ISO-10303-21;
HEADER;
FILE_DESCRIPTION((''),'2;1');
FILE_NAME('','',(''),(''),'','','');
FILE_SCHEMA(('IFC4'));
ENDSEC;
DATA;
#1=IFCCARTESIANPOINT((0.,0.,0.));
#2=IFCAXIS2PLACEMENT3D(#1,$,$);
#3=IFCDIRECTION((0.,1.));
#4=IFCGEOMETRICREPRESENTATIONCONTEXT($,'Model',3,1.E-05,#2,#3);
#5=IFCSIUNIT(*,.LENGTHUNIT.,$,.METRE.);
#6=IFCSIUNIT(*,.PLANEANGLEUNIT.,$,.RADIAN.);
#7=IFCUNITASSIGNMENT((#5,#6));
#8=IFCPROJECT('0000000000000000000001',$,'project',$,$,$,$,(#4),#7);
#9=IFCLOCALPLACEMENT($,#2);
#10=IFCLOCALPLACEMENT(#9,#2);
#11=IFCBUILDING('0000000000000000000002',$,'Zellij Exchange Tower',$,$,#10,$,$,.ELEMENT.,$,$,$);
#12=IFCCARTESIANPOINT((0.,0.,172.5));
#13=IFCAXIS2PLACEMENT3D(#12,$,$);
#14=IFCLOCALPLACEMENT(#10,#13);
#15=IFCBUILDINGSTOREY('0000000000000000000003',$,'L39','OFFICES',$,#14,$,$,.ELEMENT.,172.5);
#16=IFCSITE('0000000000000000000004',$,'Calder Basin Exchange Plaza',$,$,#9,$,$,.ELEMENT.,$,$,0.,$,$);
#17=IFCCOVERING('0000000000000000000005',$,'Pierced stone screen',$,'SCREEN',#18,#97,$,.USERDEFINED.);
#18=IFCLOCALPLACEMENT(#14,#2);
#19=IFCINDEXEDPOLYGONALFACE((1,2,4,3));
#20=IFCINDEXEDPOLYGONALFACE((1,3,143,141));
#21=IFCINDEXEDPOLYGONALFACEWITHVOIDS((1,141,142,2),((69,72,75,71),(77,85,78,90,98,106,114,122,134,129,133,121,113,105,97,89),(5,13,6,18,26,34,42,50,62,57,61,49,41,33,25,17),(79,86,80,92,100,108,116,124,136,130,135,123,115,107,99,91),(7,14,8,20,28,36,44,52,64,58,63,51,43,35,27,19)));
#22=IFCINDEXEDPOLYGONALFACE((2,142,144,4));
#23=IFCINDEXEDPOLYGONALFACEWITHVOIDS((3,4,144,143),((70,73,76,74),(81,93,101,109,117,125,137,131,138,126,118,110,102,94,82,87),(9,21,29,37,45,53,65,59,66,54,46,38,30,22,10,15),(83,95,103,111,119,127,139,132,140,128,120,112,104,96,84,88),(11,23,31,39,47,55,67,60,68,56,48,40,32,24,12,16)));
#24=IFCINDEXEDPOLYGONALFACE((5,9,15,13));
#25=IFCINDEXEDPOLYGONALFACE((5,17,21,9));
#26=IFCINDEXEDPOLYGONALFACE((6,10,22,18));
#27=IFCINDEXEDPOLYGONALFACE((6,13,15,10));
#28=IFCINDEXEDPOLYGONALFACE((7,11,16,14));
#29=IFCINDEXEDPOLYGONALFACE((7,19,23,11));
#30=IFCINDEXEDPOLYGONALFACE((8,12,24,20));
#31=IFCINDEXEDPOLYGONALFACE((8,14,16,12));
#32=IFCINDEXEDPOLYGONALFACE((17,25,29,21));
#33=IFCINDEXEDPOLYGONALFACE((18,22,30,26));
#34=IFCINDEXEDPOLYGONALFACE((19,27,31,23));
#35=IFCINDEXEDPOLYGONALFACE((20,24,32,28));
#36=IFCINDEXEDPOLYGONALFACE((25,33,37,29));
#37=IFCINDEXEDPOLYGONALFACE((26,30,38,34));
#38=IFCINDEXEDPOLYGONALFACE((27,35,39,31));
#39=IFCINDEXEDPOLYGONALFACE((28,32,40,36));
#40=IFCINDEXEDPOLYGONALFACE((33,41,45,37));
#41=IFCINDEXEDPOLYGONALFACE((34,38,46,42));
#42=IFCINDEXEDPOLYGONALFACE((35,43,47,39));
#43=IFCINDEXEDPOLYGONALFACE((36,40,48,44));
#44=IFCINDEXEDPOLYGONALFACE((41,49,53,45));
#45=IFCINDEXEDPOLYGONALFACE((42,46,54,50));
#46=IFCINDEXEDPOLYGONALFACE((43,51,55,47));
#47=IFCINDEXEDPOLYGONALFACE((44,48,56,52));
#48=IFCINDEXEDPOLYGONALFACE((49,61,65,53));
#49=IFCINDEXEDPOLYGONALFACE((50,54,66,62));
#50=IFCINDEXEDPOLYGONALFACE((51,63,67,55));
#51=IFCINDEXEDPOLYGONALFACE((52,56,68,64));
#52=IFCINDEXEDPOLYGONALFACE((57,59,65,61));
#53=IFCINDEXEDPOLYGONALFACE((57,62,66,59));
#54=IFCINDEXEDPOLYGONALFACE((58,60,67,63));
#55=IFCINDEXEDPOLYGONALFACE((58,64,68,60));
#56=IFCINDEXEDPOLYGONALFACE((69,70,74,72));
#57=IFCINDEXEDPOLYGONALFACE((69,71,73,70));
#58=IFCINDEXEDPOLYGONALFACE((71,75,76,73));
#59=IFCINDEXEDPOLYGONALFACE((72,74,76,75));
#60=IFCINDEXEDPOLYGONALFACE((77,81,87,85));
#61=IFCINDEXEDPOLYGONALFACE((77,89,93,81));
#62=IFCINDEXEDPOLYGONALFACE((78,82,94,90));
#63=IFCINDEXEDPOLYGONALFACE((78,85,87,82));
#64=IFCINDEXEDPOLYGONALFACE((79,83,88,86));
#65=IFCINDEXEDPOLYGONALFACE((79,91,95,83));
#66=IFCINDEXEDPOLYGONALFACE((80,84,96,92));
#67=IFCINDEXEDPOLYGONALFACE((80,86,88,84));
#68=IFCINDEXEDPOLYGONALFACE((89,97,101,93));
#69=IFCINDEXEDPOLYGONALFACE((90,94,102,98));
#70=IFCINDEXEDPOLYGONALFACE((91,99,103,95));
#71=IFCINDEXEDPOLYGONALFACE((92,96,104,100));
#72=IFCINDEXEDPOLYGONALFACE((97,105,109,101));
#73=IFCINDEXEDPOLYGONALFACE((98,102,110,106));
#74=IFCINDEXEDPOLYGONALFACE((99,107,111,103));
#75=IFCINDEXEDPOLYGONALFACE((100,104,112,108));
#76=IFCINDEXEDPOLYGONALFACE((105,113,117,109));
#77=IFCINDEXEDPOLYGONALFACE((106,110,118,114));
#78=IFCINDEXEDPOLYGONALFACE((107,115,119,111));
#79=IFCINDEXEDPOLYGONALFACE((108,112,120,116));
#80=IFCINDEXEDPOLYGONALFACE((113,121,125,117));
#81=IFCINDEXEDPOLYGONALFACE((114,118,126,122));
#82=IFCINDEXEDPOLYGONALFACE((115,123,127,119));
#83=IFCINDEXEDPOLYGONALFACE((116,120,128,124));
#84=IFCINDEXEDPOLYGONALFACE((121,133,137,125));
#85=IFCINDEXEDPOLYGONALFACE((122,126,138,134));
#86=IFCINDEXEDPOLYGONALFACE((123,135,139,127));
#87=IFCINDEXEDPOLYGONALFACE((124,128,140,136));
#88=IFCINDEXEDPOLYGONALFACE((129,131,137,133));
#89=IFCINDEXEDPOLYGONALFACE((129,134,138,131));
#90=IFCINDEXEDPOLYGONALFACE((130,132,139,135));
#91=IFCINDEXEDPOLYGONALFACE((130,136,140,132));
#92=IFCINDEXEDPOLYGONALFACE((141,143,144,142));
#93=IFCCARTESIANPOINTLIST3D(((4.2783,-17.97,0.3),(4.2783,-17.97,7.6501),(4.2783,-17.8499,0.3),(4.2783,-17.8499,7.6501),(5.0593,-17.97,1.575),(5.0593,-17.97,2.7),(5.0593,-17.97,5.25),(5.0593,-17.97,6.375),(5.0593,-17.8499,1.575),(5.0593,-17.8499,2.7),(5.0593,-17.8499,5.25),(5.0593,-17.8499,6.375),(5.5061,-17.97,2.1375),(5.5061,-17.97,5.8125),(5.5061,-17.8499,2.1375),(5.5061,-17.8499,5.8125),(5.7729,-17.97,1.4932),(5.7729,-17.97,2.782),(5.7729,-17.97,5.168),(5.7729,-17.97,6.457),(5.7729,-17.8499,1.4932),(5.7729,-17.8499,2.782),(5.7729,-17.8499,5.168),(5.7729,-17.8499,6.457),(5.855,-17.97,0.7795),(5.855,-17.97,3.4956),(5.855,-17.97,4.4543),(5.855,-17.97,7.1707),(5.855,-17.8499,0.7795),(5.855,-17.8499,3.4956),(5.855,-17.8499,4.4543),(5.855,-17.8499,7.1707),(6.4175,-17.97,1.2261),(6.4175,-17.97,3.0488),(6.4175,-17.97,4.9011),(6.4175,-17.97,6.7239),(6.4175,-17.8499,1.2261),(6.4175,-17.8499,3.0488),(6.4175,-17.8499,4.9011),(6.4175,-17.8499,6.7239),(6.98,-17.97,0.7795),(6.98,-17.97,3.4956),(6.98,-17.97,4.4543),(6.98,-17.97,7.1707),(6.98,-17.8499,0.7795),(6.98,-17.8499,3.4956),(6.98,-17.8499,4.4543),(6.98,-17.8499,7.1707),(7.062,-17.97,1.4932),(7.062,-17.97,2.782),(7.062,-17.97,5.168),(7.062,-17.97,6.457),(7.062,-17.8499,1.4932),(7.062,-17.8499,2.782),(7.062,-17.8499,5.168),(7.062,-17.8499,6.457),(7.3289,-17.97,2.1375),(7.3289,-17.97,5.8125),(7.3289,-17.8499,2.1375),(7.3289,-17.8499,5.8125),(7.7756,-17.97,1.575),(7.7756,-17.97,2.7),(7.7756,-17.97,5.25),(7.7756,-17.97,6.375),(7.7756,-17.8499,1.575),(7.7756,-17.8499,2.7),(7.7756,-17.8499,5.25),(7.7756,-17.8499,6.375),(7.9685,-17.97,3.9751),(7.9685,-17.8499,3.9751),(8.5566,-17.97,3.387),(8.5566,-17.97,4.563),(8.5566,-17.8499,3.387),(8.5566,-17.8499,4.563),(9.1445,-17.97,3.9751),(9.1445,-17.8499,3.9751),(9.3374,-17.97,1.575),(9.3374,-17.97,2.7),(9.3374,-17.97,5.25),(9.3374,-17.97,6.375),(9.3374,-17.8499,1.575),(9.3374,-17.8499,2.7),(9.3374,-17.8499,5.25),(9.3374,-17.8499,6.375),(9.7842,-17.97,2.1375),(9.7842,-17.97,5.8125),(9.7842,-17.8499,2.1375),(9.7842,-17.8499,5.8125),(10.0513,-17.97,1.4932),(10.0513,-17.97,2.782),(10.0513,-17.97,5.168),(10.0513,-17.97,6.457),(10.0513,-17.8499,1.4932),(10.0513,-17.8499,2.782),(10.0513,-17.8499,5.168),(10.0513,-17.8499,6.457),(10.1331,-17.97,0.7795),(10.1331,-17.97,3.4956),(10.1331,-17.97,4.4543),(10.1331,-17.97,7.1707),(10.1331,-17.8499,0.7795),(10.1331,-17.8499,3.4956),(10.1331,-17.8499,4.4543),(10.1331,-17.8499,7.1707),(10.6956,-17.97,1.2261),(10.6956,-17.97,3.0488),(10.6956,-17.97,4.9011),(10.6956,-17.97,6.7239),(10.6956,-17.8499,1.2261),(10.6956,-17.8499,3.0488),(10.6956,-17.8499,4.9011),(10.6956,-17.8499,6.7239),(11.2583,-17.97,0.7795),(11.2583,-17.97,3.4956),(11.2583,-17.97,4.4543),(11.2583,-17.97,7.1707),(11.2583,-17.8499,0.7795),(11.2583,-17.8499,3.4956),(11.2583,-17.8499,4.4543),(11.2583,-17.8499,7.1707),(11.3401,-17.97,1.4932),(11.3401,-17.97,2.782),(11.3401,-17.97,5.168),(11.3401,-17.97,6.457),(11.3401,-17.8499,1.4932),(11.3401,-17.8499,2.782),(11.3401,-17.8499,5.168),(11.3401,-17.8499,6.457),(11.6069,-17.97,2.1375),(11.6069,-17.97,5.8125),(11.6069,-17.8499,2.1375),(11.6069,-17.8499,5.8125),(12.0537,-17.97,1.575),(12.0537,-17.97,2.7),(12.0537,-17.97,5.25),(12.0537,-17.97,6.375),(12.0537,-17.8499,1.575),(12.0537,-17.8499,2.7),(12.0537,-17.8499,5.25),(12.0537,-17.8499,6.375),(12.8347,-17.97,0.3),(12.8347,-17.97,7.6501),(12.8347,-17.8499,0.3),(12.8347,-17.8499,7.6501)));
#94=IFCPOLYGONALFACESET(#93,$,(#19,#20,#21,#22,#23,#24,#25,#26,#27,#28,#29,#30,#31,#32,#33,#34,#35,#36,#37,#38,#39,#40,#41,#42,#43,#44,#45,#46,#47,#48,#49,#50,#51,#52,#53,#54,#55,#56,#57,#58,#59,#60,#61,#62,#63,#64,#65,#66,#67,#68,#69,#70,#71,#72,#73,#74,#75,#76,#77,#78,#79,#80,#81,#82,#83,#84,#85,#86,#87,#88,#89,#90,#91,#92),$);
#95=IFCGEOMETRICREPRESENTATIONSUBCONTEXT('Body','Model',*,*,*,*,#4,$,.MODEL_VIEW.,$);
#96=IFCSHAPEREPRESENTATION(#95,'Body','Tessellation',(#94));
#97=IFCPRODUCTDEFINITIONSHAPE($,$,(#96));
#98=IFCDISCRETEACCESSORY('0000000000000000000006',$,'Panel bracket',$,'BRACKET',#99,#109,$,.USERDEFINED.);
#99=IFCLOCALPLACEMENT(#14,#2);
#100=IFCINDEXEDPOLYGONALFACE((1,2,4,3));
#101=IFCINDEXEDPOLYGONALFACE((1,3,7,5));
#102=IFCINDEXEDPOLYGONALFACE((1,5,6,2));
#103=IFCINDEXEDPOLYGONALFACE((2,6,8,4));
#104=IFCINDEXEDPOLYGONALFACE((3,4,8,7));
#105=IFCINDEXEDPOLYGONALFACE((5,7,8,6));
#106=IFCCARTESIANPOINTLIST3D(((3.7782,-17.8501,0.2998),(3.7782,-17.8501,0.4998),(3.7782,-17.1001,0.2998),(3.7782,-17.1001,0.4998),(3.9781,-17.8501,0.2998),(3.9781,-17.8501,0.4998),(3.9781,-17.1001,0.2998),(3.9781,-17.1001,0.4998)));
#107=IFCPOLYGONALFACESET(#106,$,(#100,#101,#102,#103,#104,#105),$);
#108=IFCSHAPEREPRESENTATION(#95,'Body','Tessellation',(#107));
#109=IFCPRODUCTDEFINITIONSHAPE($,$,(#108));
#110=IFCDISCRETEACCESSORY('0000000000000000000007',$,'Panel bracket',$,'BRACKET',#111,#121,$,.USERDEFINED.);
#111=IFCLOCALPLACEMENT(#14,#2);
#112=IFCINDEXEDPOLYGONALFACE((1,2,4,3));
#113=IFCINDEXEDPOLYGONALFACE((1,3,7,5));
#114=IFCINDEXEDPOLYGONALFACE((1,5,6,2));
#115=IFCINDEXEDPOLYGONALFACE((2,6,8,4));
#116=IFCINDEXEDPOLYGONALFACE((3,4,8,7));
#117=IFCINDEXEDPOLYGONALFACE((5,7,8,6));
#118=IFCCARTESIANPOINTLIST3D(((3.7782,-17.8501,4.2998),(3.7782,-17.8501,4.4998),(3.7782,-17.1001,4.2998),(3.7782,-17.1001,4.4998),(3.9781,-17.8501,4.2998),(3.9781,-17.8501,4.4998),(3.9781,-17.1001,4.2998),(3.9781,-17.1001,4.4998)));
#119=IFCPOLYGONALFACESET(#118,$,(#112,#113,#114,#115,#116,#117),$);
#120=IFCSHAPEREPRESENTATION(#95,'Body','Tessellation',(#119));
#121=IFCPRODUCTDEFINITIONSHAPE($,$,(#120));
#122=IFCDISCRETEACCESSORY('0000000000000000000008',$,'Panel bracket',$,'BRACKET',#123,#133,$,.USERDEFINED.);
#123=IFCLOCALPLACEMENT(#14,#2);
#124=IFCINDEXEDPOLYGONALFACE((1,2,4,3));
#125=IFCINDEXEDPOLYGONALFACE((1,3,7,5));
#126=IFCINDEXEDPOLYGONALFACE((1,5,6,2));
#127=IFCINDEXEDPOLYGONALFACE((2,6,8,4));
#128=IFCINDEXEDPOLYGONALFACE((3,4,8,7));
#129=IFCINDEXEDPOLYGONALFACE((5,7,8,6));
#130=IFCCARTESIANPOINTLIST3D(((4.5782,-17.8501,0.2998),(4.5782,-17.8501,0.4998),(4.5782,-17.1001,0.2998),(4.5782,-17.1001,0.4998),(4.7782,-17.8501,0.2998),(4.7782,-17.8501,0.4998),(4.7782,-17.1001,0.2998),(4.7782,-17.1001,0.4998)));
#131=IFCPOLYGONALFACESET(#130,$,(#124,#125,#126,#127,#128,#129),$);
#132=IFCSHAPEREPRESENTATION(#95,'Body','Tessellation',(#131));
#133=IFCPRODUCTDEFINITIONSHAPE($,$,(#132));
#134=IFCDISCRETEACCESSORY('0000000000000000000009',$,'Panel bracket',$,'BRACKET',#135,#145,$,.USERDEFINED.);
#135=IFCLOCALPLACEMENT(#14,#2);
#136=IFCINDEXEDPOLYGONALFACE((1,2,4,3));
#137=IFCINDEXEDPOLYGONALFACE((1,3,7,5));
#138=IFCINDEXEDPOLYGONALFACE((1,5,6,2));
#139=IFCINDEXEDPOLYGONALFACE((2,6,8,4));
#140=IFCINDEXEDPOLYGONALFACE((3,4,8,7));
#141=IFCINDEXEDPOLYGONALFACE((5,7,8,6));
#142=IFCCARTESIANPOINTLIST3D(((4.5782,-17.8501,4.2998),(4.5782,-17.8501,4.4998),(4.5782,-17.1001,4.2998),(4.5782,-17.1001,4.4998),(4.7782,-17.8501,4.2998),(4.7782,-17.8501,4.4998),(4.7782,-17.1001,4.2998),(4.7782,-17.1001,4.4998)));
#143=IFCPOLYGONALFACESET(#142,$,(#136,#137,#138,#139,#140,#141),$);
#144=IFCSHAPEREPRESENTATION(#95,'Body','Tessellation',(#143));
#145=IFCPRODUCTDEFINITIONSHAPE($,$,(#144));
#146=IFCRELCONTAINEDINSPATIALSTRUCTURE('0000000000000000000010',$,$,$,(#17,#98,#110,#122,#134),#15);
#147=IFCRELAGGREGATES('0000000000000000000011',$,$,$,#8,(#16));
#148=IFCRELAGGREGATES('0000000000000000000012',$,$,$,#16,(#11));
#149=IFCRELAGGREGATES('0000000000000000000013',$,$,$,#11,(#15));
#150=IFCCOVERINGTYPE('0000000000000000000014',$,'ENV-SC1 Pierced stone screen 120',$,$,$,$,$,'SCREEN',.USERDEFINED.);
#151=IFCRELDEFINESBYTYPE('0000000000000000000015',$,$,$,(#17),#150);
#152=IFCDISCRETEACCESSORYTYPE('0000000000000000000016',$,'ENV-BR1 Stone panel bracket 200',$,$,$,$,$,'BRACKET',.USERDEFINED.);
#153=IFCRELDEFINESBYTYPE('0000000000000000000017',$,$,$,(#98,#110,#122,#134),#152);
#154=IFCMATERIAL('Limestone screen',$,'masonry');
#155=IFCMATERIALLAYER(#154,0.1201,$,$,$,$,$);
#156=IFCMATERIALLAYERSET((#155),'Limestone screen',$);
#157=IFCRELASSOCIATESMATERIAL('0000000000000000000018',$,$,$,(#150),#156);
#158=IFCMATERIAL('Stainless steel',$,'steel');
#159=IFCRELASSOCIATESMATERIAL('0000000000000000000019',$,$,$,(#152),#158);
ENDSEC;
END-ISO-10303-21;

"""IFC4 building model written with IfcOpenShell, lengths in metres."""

from ifc_helpers import new_model, si_unit, direction, frame, origin, origin_2d, place, context, subcontext, project, spatial, polyline, rectangle, outline, extrude, material, layer, layer_set, type_object, element, save


model = new_model("IFC4")

# Units and contexts
model_context = context("Model", 3, precision=1e-05, world=origin(), true_north=direction((0.0, 1.0)))
body_context = subcontext(model_context, "Body", "Model", "MODEL_VIEW")
ifc_project = project(units=[si_unit("LENGTHUNIT", "METRE"), si_unit("PLANEANGLEUNIT", "RADIAN")], contexts=[model_context])

# Site, building, storey
site_placement = place(None, origin())
site = spatial("IfcSite", under=ifc_project, at=site_placement, Name="Calder Basin Exchange Plaza", CompositionType="ELEMENT", RefElevation=0.0)
building_placement = place(site_placement, origin())
building = spatial("IfcBuilding", under=site, at=building_placement, Name="Zellij Exchange Tower", CompositionType="ELEMENT")
storey_placement = place(building_placement, frame((0.0, 0.0, 172.5)))
storey = spatial("IfcBuildingStorey", under=building, at=storey_placement, Name="L39", Description="OFFICES", CompositionType="ELEMENT", Elevation=172.5)

# Shared definitions
ifc_material_1 = material(Name="Stainless steel", Category="steel")

# Covering
ifc_material_2 = material(Name="Limestone screen", Category="masonry")
ifc_layer_1 = layer(ifc_material_2, 0.1201)
ifc_layer_set_1 = layer_set([ifc_layer_1], Name="Limestone screen")
covering_type = type_object("IfcCoveringType", Name="ENV-SC1 Pierced stone screen 120", ElementType="SCREEN", PredefinedType="USERDEFINED", material=ifc_layer_set_1)
covering_placement = place(storey_placement, frame((4.2783, -17.9099, 0.3), z_axis=(0.0, 0.0, 1.0), x_axis=(1.0, 0.0, 0.0)))
element("IfcCovering", 1, at=covering_placement, inside=storey, type_object=covering_type, Name="Pierced stone screen", ObjectType="SCREEN", PredefinedType="USERDEFINED", context=body_context, shape_type="SweptSolid", body=[
    extrude(outline(polyline([(0.0, 0.0), (8.5564, 0.0), (8.5564, 7.3501), (0.0, 7.3501), (0.0, 0.0)]), holes=[polyline([(3.4973, 2.3999), (2.7837, 2.4819), (2.7017, 3.1956), (2.1392, 2.7488), (1.5767, 3.1956), (1.4946, 2.4819), (0.781, 2.3999), (1.2278, 1.8374), (0.781, 1.2749), (1.4946, 1.1931), (1.5767, 0.4795), (2.1392, 0.926), (2.7017, 0.4795), (2.7837, 1.1931), (3.4973, 1.2749), (3.0505, 1.8374), (3.4973, 2.3999)]), polyline([(3.4973, 6.075), (2.7837, 6.157), (2.7017, 6.8706), (2.1392, 6.4238), (1.5767, 6.8706), (1.4946, 6.157), (0.781, 6.075), (1.2278, 5.5125), (0.781, 4.95), (1.4946, 4.8679), (1.5767, 4.1543), (2.1392, 4.6011), (2.7017, 4.1543), (2.7837, 4.8679), (3.4973, 4.95), (3.0505, 5.5125), (3.4973, 6.075)]), polyline([(7.7754, 2.3999), (7.0618, 2.4819), (6.98, 3.1956), (6.4172, 2.7488), (5.8547, 3.1956), (5.7729, 2.4819), (5.0591, 2.3999), (5.5059, 1.8374), (5.0591, 1.2749), (5.7729, 1.1931), (5.8547, 0.4795), (6.4172, 0.926), (6.98, 0.4795), (7.0618, 1.1931), (7.7754, 1.2749), (7.3286, 1.8374), (7.7754, 2.3999)]), polyline([(7.7754, 6.075), (7.0618, 6.157), (6.98, 6.8706), (6.4172, 6.4238), (5.8547, 6.8706), (5.7729, 6.157), (5.0591, 6.075), (5.5059, 5.5125), (5.0591, 4.95), (5.7729, 4.8679), (5.8547, 4.1543), (6.4172, 4.6011), (6.98, 4.1543), (7.0618, 4.8679), (7.7754, 4.95), (7.3286, 5.5125), (7.7754, 6.075)]), polyline([(4.8662, 3.675), (4.2783, 4.2629), (3.6902, 3.675), (4.2783, 3.0869), (4.8662, 3.675)])]), frame((0.0, 0.0601, 0.0), z_axis=(0.0, -1.0, 0.0), x_axis=(1.0, 0.0, 0.0)), (0.0, 0.0, 1.0), 0.1201),
])

# Discrete accessories
discrete_accessory_type = type_object("IfcDiscreteAccessoryType", Name="ENV-BR1 Stone panel bracket 200", ElementType="BRACKET", PredefinedType="USERDEFINED", material=ifc_material_1)
for number, where, z_axis, x_axis, name in (
    (2, (3.8782, -17.4751, 0.2998), (0.0, 0.0, 1.0), (1.0, 0.0, 0.0), "Panel bracket"),
    (3, (3.8782, -17.4751, 4.2998), (0.0, 0.0, 1.0), (1.0, 0.0, 0.0), "Panel bracket"),
    (4, (4.6782, -17.4751, 0.2998), (0.0, 0.0, 1.0), (1.0, 0.0, 0.0), "Panel bracket"),
    (5, (4.6782, -17.4751, 4.2998), (0.0, 0.0, 1.0), (1.0, 0.0, 0.0), "Panel bracket"),
):
    element("IfcDiscreteAccessory", number, at=place(storey_placement, frame(where, z_axis=z_axis, x_axis=x_axis)), inside=storey, type_object=discrete_accessory_type, Name=name, ObjectType="BRACKET", PredefinedType="USERDEFINED", context=body_context, shape_type="SweptSolid", body=[
        extrude(rectangle(XDim=0.2, YDim=0.75, at=origin_2d()), origin(), (0.0, 0.0, 1.0), 0.2),
    ])

save(model, "model.ifc")
